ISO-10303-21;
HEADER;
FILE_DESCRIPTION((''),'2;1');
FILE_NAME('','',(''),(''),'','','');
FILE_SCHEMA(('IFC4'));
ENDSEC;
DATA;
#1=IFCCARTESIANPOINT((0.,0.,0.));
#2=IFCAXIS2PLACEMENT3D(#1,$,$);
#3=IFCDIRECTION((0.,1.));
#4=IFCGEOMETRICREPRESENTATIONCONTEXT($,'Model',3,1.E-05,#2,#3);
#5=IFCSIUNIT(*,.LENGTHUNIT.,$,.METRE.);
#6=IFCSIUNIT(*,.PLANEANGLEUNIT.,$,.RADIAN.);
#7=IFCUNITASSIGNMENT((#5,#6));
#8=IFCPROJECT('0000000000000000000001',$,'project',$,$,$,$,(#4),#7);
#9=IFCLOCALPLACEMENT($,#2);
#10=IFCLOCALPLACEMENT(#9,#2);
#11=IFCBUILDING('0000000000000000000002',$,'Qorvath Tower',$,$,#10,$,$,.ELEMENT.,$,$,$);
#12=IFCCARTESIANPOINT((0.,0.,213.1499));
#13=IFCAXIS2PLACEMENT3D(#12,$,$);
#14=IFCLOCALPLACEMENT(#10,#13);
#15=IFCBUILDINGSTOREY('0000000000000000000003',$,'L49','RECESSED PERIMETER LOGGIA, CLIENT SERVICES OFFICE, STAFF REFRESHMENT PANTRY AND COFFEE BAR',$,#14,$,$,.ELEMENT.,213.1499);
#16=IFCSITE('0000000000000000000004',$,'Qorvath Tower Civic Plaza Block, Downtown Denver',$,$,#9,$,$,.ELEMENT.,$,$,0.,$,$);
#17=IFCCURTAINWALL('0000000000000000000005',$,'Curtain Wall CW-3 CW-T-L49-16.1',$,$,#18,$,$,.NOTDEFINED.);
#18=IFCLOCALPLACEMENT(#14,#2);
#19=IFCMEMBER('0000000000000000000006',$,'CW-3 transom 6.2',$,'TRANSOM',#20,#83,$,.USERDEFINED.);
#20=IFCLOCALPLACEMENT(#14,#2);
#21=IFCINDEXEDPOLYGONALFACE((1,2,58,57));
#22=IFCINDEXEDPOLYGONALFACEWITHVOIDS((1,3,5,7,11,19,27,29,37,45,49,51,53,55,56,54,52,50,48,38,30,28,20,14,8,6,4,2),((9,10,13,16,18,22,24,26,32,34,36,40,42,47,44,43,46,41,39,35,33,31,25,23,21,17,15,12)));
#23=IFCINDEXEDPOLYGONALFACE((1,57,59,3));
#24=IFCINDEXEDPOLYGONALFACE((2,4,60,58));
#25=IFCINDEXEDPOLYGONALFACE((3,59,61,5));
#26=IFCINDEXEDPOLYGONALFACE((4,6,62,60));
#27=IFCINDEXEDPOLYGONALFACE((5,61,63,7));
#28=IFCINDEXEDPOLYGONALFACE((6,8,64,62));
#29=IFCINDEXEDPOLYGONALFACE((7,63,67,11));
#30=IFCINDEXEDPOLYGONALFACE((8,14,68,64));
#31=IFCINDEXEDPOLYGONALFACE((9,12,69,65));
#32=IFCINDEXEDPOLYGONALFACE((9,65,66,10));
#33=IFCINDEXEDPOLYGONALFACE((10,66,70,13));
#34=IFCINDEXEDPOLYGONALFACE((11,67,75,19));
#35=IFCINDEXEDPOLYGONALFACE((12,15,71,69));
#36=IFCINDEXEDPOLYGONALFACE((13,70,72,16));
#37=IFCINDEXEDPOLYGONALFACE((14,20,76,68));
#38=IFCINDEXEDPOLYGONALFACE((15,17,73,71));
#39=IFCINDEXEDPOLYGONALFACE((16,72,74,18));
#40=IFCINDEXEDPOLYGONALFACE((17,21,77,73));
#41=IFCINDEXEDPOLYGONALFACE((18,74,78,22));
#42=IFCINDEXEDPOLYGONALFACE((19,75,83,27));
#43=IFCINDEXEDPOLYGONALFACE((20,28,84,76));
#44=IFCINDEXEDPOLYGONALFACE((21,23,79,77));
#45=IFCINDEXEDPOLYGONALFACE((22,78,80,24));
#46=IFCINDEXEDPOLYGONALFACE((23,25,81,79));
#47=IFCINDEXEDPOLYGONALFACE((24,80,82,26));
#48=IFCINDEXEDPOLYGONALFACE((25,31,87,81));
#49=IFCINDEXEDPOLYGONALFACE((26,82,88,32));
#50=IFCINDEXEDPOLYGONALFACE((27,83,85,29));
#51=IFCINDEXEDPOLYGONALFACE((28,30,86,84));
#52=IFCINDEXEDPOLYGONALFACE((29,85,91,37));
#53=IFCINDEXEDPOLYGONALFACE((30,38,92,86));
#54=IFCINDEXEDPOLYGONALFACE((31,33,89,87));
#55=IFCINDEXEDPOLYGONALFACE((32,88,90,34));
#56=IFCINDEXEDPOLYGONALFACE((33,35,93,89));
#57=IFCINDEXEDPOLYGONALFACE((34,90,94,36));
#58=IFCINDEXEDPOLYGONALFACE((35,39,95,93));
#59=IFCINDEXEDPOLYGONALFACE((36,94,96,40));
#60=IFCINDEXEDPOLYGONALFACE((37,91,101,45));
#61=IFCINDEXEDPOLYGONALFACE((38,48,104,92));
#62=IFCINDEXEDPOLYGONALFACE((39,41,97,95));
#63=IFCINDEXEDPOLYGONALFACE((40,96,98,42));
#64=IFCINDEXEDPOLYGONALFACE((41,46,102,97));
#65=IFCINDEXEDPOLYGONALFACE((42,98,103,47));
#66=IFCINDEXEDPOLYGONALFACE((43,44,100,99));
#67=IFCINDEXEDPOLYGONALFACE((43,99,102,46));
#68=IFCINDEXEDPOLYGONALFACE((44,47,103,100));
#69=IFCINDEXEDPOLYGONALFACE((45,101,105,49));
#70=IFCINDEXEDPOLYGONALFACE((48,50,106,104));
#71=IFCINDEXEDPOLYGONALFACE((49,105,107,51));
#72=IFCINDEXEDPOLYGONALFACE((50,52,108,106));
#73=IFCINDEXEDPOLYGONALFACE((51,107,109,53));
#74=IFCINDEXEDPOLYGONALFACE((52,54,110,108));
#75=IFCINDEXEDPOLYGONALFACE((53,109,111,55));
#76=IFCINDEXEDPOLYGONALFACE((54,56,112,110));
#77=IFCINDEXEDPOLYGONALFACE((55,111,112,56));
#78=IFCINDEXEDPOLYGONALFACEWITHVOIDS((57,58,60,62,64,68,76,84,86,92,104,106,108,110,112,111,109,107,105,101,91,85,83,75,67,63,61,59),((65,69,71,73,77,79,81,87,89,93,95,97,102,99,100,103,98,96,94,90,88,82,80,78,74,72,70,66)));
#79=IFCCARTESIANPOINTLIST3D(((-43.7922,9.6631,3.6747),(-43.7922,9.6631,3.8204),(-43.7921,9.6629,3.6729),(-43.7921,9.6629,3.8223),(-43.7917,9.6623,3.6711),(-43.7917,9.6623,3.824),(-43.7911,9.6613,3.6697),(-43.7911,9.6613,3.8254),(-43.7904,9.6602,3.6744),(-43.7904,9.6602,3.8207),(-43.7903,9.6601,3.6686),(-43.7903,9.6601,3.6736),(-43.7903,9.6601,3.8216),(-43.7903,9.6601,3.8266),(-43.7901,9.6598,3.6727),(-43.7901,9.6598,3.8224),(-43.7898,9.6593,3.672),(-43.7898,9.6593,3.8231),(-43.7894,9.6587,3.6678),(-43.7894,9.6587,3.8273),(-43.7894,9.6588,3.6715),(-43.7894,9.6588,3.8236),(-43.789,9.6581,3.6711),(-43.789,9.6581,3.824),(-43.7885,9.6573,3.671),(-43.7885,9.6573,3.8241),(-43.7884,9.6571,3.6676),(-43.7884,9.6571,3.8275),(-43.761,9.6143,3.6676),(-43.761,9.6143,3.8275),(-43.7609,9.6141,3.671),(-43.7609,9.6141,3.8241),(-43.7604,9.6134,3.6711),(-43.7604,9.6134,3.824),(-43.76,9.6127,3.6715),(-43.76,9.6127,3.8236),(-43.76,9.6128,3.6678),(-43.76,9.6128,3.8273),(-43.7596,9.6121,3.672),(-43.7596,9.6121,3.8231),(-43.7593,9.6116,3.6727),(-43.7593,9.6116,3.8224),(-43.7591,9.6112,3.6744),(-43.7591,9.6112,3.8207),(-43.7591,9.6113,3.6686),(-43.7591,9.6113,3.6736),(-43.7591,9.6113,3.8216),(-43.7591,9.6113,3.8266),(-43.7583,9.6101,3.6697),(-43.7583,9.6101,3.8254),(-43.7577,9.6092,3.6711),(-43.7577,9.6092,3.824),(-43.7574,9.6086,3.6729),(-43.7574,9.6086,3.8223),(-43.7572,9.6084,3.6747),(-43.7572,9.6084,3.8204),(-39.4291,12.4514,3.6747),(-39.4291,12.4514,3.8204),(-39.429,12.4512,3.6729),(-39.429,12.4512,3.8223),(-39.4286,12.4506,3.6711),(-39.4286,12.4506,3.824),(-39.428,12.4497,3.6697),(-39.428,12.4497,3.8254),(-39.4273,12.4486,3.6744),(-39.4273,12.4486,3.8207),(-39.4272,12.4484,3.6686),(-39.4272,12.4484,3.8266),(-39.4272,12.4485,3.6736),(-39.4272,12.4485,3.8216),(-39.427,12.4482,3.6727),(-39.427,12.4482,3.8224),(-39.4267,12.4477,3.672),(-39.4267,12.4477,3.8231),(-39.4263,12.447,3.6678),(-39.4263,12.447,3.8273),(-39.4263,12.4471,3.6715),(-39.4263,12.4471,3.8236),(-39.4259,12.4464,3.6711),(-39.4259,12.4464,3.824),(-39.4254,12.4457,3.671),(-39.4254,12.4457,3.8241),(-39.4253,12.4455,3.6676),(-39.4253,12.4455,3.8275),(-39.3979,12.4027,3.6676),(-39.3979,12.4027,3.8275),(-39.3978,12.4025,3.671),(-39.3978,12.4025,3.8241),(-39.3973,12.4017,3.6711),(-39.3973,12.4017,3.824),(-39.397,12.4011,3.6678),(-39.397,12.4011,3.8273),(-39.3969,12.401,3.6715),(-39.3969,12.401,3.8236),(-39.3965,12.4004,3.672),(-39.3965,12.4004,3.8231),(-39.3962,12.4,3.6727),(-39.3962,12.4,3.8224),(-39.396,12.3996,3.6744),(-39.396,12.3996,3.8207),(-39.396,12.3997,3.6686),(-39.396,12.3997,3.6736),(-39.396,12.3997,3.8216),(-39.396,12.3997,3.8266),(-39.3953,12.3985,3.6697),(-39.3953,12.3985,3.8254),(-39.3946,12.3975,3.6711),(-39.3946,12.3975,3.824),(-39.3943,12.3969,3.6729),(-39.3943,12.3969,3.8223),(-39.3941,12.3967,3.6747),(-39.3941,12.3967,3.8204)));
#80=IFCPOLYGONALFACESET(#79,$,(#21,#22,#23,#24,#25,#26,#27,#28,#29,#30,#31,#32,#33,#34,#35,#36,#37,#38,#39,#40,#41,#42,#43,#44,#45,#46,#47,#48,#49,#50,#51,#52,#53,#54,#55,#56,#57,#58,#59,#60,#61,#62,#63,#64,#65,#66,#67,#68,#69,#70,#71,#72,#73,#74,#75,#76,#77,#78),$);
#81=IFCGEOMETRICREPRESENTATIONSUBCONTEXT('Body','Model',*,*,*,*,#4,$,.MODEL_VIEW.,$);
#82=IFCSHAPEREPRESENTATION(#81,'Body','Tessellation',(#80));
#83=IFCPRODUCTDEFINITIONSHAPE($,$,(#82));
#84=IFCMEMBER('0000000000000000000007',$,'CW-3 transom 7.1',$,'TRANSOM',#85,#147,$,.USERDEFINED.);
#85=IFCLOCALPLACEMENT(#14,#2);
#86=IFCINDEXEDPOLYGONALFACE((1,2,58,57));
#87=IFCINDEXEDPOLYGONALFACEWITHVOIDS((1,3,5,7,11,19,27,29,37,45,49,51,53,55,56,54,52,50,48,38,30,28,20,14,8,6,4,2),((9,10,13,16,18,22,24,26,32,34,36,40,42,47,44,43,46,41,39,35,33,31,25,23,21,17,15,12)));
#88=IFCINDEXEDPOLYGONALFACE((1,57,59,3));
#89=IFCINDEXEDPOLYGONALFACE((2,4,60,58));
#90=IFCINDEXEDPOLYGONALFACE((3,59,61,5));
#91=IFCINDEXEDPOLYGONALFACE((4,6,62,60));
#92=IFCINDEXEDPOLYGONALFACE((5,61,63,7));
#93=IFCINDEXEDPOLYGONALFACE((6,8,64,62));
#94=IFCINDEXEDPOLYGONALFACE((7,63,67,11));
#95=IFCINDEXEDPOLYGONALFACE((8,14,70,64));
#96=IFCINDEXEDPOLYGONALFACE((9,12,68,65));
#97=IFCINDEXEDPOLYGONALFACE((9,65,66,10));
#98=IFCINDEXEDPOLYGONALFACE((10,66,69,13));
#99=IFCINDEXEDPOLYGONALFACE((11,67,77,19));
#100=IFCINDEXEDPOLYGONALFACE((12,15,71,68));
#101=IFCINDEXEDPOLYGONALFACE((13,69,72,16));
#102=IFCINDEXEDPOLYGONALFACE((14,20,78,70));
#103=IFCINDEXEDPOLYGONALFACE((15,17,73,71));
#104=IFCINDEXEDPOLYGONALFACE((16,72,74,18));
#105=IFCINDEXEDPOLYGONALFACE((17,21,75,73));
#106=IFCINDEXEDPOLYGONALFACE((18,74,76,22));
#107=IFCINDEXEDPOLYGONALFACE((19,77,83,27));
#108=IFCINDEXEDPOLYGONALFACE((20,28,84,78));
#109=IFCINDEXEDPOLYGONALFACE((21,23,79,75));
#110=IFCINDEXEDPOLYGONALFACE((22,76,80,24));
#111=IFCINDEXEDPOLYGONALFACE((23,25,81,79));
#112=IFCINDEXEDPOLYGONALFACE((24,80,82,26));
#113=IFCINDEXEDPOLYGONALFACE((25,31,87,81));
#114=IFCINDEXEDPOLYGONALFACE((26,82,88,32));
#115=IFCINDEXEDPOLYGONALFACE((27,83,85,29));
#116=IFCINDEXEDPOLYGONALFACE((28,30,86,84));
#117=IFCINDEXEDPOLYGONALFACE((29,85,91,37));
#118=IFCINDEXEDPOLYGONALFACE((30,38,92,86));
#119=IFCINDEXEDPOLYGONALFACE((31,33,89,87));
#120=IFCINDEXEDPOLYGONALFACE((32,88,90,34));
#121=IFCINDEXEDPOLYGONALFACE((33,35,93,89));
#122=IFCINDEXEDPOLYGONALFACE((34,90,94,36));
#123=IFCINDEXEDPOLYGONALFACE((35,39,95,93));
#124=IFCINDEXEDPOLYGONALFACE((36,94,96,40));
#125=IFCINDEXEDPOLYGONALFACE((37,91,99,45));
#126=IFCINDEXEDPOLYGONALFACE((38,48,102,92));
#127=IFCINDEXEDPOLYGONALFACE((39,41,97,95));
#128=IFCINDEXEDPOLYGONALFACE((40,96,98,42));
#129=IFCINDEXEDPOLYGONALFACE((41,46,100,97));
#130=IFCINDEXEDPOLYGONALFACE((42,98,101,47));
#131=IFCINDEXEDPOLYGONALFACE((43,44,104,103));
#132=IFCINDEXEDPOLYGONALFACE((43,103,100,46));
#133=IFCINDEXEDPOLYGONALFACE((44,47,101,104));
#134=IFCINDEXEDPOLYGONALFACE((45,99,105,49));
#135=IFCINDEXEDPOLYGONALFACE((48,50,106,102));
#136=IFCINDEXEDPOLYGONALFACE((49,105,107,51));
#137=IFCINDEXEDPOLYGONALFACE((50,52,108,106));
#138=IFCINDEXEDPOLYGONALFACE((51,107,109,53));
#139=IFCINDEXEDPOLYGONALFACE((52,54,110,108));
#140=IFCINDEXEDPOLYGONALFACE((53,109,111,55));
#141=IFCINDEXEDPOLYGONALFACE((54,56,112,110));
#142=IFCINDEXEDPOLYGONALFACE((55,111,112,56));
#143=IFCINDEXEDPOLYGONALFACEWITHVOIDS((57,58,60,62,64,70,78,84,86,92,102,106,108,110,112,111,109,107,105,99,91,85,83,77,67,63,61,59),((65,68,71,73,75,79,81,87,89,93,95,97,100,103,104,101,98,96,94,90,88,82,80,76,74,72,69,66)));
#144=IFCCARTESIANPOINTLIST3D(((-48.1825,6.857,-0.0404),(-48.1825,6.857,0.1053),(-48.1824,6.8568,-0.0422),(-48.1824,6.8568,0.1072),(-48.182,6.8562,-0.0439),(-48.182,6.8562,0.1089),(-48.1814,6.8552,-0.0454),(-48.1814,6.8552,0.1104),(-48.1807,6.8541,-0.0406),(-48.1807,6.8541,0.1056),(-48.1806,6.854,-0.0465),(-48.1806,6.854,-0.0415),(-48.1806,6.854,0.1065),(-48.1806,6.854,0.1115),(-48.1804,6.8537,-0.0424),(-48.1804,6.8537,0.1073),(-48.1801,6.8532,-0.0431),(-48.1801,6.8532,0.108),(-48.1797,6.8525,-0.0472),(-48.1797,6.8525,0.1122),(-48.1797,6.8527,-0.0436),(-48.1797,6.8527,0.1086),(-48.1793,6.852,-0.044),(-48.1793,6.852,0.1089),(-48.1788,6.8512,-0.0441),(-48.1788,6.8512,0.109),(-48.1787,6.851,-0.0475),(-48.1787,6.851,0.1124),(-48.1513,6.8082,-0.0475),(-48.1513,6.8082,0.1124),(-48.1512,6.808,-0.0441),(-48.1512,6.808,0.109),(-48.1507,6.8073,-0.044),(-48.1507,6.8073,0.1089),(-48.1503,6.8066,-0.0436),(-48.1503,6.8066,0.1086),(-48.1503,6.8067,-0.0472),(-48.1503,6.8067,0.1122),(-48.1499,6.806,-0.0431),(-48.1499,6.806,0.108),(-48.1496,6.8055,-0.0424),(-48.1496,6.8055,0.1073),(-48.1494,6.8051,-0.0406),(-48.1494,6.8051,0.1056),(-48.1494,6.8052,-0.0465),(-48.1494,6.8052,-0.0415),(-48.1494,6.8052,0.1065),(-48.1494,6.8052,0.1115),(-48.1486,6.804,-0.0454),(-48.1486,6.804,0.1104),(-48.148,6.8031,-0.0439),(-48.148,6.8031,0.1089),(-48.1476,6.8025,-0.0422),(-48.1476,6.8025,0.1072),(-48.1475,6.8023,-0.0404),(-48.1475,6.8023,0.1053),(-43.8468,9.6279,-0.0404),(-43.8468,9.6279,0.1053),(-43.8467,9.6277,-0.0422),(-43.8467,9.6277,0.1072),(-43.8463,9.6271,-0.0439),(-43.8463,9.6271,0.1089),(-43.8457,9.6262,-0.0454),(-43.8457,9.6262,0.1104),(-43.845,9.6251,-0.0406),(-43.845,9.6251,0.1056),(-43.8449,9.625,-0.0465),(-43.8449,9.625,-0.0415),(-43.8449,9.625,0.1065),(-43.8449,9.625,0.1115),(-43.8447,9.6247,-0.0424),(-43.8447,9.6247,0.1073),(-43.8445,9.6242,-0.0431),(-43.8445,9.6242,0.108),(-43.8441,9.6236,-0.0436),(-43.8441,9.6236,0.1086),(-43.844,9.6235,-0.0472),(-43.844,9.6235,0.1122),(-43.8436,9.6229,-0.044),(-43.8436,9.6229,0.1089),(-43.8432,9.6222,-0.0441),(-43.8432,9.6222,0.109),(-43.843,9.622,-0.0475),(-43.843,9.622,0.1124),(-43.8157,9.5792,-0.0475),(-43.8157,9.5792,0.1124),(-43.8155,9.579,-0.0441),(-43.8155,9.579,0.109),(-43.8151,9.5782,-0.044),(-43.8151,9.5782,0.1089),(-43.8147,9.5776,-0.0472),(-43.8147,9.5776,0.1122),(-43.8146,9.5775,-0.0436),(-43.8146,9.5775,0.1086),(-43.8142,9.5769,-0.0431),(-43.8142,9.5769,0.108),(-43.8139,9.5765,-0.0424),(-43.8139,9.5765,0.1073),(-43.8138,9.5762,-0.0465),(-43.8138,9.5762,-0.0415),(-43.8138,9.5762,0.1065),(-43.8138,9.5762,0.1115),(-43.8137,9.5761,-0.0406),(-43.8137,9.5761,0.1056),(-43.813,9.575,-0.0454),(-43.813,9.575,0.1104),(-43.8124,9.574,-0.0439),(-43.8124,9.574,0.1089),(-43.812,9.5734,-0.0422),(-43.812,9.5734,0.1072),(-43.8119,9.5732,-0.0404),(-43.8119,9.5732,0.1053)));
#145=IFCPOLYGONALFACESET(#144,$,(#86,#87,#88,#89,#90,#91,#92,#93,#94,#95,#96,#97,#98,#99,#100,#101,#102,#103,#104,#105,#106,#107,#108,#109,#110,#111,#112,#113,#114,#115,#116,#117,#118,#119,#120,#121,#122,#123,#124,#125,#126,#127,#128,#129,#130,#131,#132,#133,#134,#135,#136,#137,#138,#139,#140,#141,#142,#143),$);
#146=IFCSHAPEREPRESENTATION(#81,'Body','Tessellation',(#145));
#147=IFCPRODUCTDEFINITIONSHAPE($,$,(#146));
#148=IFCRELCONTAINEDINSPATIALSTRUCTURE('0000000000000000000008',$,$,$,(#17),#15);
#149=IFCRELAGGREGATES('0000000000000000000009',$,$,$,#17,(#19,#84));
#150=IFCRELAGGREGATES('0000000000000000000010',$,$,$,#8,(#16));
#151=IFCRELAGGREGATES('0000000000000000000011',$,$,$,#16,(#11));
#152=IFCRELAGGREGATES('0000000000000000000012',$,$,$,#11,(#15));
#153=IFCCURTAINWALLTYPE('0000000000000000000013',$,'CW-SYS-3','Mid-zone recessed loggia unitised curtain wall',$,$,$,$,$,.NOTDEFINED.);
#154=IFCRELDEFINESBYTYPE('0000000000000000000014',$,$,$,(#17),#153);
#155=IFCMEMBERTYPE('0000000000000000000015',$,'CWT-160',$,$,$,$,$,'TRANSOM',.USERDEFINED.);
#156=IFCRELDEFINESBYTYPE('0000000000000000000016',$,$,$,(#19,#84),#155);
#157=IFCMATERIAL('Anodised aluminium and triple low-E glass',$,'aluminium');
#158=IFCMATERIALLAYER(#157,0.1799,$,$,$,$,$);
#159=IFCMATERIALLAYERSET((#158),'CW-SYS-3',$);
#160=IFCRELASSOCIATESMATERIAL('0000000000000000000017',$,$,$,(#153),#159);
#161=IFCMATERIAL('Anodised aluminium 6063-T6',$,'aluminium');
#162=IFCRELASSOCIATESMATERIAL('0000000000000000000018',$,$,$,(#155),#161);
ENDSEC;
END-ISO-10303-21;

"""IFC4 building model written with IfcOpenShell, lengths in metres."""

from ifc_helpers import new_model, si_unit, direction, frame, origin, origin_2d, place, context, subcontext, project, spatial, hollow_rectangle, extrude, material, layer, layer_set, material_profile, profile_set, type_object, element, aggregate, save


model = new_model("IFC4")

# Units and contexts
model_context = context("Model", 3, precision=1e-05, world=origin(), true_north=direction((0.0, 1.0)))
body_context = subcontext(model_context, "Body", "Model", "MODEL_VIEW")
ifc_project = project(units=[si_unit("LENGTHUNIT", "METRE"), si_unit("PLANEANGLEUNIT", "RADIAN")], contexts=[model_context])

# Site, building, storey
site_placement = place(None, origin())
site = spatial("IfcSite", under=ifc_project, at=site_placement, Name="Qorvath Tower Civic Plaza Block, Downtown Denver", CompositionType="ELEMENT", RefElevation=0.0)
building_placement = place(site_placement, origin())
building = spatial("IfcBuilding", under=site, at=building_placement, Name="Qorvath Tower", CompositionType="ELEMENT")
storey_placement = place(building_placement, frame((0.0, 0.0, 213.1499)))
storey = spatial("IfcBuildingStorey", under=building, at=storey_placement, Name="L49", Description="RECESSED PERIMETER LOGGIA, CLIENT SERVICES OFFICE, STAFF REFRESHMENT PANTRY AND COFFEE BAR", CompositionType="ELEMENT", Elevation=213.1499)

# Curtain wall
ifc_material_1 = material(Name="Anodised aluminium and triple low-E glass", Category="aluminium")
ifc_layer_1 = layer(ifc_material_1, 0.1799)
ifc_layer_set_1 = layer_set([ifc_layer_1], Name="CW-SYS-3")
curtain_wall_type = type_object("IfcCurtainWallType", Name="CW-SYS-3", Description="Mid-zone recessed loggia unitised curtain wall", PredefinedType="NOTDEFINED", material=ifc_layer_set_1)
curtain_wall_1_placement = place(storey_placement, origin())
curtain_wall_1 = element("IfcCurtainWall", 1, at=curtain_wall_1_placement, inside=storey, type_object=curtain_wall_type, Name="Curtain Wall CW-3 CW-T-L49-16.1", PredefinedType="NOTDEFINED")

# Members
ifc_material_2 = material(Name="Anodised aluminium 6063-T6", Category="aluminium")
ifc_material_profile_1 = material_profile(ifc_material_2, hollow_rectangle(XDim=0.0649, YDim=0.1599, WallThickness=0.0034, InnerFilletRadius=0.0034, OuterFilletRadius=0.0071, at=origin_2d()), Name="CWT 160x65")
ifc_profile_set_1 = profile_set([ifc_material_profile_1], Name="Anodised aluminium 6063-T6")
member_type_1 = type_object("IfcMemberType", Name="CWT-160", ElementType="TRANSOM", PredefinedType="USERDEFINED", material=ifc_profile_set_1)
member_1_placement = place(storey_placement, frame((-39.4116, 12.4241, 3.7476), z_axis=(-0.842623, -0.538504, 0.0), x_axis=(0.538504, -0.842623, 0.0)))
member_1 = element("IfcMember", 2, at=member_1_placement, type_object=member_type_1, Name="CW-3 transom 6.2", ObjectType="TRANSOM", PredefinedType="USERDEFINED", context=body_context, shape_type="SweptSolid", body=[
    extrude(hollow_rectangle(XDim=0.0649, YDim=0.1599, WallThickness=0.0034, InnerFilletRadius=0.0034, OuterFilletRadius=0.0071, at=origin_2d()), origin(), (0.0, 0.0, 1.0), 5.178),
])
member_2_placement = place(storey_placement, frame((-43.8293, 9.6006, 0.0325), z_axis=(-0.842611, -0.538523, 0.0), x_axis=(0.538523, -0.842611, 0.0)))
member_2 = element("IfcMember", 3, at=member_2_placement, type_object=member_type_1, Name="CW-3 transom 7.1", ObjectType="TRANSOM", PredefinedType="USERDEFINED", context=body_context, shape_type="SweptSolid", body=[
    extrude(hollow_rectangle(XDim=0.0649, YDim=0.1599, WallThickness=0.0034, InnerFilletRadius=0.0034, OuterFilletRadius=0.0071, at=origin_2d()), origin(), (0.0, 0.0, 1.0), 5.1455),
])

aggregate(curtain_wall_1, [member_1, member_2])

save(model, "model.ifc")
